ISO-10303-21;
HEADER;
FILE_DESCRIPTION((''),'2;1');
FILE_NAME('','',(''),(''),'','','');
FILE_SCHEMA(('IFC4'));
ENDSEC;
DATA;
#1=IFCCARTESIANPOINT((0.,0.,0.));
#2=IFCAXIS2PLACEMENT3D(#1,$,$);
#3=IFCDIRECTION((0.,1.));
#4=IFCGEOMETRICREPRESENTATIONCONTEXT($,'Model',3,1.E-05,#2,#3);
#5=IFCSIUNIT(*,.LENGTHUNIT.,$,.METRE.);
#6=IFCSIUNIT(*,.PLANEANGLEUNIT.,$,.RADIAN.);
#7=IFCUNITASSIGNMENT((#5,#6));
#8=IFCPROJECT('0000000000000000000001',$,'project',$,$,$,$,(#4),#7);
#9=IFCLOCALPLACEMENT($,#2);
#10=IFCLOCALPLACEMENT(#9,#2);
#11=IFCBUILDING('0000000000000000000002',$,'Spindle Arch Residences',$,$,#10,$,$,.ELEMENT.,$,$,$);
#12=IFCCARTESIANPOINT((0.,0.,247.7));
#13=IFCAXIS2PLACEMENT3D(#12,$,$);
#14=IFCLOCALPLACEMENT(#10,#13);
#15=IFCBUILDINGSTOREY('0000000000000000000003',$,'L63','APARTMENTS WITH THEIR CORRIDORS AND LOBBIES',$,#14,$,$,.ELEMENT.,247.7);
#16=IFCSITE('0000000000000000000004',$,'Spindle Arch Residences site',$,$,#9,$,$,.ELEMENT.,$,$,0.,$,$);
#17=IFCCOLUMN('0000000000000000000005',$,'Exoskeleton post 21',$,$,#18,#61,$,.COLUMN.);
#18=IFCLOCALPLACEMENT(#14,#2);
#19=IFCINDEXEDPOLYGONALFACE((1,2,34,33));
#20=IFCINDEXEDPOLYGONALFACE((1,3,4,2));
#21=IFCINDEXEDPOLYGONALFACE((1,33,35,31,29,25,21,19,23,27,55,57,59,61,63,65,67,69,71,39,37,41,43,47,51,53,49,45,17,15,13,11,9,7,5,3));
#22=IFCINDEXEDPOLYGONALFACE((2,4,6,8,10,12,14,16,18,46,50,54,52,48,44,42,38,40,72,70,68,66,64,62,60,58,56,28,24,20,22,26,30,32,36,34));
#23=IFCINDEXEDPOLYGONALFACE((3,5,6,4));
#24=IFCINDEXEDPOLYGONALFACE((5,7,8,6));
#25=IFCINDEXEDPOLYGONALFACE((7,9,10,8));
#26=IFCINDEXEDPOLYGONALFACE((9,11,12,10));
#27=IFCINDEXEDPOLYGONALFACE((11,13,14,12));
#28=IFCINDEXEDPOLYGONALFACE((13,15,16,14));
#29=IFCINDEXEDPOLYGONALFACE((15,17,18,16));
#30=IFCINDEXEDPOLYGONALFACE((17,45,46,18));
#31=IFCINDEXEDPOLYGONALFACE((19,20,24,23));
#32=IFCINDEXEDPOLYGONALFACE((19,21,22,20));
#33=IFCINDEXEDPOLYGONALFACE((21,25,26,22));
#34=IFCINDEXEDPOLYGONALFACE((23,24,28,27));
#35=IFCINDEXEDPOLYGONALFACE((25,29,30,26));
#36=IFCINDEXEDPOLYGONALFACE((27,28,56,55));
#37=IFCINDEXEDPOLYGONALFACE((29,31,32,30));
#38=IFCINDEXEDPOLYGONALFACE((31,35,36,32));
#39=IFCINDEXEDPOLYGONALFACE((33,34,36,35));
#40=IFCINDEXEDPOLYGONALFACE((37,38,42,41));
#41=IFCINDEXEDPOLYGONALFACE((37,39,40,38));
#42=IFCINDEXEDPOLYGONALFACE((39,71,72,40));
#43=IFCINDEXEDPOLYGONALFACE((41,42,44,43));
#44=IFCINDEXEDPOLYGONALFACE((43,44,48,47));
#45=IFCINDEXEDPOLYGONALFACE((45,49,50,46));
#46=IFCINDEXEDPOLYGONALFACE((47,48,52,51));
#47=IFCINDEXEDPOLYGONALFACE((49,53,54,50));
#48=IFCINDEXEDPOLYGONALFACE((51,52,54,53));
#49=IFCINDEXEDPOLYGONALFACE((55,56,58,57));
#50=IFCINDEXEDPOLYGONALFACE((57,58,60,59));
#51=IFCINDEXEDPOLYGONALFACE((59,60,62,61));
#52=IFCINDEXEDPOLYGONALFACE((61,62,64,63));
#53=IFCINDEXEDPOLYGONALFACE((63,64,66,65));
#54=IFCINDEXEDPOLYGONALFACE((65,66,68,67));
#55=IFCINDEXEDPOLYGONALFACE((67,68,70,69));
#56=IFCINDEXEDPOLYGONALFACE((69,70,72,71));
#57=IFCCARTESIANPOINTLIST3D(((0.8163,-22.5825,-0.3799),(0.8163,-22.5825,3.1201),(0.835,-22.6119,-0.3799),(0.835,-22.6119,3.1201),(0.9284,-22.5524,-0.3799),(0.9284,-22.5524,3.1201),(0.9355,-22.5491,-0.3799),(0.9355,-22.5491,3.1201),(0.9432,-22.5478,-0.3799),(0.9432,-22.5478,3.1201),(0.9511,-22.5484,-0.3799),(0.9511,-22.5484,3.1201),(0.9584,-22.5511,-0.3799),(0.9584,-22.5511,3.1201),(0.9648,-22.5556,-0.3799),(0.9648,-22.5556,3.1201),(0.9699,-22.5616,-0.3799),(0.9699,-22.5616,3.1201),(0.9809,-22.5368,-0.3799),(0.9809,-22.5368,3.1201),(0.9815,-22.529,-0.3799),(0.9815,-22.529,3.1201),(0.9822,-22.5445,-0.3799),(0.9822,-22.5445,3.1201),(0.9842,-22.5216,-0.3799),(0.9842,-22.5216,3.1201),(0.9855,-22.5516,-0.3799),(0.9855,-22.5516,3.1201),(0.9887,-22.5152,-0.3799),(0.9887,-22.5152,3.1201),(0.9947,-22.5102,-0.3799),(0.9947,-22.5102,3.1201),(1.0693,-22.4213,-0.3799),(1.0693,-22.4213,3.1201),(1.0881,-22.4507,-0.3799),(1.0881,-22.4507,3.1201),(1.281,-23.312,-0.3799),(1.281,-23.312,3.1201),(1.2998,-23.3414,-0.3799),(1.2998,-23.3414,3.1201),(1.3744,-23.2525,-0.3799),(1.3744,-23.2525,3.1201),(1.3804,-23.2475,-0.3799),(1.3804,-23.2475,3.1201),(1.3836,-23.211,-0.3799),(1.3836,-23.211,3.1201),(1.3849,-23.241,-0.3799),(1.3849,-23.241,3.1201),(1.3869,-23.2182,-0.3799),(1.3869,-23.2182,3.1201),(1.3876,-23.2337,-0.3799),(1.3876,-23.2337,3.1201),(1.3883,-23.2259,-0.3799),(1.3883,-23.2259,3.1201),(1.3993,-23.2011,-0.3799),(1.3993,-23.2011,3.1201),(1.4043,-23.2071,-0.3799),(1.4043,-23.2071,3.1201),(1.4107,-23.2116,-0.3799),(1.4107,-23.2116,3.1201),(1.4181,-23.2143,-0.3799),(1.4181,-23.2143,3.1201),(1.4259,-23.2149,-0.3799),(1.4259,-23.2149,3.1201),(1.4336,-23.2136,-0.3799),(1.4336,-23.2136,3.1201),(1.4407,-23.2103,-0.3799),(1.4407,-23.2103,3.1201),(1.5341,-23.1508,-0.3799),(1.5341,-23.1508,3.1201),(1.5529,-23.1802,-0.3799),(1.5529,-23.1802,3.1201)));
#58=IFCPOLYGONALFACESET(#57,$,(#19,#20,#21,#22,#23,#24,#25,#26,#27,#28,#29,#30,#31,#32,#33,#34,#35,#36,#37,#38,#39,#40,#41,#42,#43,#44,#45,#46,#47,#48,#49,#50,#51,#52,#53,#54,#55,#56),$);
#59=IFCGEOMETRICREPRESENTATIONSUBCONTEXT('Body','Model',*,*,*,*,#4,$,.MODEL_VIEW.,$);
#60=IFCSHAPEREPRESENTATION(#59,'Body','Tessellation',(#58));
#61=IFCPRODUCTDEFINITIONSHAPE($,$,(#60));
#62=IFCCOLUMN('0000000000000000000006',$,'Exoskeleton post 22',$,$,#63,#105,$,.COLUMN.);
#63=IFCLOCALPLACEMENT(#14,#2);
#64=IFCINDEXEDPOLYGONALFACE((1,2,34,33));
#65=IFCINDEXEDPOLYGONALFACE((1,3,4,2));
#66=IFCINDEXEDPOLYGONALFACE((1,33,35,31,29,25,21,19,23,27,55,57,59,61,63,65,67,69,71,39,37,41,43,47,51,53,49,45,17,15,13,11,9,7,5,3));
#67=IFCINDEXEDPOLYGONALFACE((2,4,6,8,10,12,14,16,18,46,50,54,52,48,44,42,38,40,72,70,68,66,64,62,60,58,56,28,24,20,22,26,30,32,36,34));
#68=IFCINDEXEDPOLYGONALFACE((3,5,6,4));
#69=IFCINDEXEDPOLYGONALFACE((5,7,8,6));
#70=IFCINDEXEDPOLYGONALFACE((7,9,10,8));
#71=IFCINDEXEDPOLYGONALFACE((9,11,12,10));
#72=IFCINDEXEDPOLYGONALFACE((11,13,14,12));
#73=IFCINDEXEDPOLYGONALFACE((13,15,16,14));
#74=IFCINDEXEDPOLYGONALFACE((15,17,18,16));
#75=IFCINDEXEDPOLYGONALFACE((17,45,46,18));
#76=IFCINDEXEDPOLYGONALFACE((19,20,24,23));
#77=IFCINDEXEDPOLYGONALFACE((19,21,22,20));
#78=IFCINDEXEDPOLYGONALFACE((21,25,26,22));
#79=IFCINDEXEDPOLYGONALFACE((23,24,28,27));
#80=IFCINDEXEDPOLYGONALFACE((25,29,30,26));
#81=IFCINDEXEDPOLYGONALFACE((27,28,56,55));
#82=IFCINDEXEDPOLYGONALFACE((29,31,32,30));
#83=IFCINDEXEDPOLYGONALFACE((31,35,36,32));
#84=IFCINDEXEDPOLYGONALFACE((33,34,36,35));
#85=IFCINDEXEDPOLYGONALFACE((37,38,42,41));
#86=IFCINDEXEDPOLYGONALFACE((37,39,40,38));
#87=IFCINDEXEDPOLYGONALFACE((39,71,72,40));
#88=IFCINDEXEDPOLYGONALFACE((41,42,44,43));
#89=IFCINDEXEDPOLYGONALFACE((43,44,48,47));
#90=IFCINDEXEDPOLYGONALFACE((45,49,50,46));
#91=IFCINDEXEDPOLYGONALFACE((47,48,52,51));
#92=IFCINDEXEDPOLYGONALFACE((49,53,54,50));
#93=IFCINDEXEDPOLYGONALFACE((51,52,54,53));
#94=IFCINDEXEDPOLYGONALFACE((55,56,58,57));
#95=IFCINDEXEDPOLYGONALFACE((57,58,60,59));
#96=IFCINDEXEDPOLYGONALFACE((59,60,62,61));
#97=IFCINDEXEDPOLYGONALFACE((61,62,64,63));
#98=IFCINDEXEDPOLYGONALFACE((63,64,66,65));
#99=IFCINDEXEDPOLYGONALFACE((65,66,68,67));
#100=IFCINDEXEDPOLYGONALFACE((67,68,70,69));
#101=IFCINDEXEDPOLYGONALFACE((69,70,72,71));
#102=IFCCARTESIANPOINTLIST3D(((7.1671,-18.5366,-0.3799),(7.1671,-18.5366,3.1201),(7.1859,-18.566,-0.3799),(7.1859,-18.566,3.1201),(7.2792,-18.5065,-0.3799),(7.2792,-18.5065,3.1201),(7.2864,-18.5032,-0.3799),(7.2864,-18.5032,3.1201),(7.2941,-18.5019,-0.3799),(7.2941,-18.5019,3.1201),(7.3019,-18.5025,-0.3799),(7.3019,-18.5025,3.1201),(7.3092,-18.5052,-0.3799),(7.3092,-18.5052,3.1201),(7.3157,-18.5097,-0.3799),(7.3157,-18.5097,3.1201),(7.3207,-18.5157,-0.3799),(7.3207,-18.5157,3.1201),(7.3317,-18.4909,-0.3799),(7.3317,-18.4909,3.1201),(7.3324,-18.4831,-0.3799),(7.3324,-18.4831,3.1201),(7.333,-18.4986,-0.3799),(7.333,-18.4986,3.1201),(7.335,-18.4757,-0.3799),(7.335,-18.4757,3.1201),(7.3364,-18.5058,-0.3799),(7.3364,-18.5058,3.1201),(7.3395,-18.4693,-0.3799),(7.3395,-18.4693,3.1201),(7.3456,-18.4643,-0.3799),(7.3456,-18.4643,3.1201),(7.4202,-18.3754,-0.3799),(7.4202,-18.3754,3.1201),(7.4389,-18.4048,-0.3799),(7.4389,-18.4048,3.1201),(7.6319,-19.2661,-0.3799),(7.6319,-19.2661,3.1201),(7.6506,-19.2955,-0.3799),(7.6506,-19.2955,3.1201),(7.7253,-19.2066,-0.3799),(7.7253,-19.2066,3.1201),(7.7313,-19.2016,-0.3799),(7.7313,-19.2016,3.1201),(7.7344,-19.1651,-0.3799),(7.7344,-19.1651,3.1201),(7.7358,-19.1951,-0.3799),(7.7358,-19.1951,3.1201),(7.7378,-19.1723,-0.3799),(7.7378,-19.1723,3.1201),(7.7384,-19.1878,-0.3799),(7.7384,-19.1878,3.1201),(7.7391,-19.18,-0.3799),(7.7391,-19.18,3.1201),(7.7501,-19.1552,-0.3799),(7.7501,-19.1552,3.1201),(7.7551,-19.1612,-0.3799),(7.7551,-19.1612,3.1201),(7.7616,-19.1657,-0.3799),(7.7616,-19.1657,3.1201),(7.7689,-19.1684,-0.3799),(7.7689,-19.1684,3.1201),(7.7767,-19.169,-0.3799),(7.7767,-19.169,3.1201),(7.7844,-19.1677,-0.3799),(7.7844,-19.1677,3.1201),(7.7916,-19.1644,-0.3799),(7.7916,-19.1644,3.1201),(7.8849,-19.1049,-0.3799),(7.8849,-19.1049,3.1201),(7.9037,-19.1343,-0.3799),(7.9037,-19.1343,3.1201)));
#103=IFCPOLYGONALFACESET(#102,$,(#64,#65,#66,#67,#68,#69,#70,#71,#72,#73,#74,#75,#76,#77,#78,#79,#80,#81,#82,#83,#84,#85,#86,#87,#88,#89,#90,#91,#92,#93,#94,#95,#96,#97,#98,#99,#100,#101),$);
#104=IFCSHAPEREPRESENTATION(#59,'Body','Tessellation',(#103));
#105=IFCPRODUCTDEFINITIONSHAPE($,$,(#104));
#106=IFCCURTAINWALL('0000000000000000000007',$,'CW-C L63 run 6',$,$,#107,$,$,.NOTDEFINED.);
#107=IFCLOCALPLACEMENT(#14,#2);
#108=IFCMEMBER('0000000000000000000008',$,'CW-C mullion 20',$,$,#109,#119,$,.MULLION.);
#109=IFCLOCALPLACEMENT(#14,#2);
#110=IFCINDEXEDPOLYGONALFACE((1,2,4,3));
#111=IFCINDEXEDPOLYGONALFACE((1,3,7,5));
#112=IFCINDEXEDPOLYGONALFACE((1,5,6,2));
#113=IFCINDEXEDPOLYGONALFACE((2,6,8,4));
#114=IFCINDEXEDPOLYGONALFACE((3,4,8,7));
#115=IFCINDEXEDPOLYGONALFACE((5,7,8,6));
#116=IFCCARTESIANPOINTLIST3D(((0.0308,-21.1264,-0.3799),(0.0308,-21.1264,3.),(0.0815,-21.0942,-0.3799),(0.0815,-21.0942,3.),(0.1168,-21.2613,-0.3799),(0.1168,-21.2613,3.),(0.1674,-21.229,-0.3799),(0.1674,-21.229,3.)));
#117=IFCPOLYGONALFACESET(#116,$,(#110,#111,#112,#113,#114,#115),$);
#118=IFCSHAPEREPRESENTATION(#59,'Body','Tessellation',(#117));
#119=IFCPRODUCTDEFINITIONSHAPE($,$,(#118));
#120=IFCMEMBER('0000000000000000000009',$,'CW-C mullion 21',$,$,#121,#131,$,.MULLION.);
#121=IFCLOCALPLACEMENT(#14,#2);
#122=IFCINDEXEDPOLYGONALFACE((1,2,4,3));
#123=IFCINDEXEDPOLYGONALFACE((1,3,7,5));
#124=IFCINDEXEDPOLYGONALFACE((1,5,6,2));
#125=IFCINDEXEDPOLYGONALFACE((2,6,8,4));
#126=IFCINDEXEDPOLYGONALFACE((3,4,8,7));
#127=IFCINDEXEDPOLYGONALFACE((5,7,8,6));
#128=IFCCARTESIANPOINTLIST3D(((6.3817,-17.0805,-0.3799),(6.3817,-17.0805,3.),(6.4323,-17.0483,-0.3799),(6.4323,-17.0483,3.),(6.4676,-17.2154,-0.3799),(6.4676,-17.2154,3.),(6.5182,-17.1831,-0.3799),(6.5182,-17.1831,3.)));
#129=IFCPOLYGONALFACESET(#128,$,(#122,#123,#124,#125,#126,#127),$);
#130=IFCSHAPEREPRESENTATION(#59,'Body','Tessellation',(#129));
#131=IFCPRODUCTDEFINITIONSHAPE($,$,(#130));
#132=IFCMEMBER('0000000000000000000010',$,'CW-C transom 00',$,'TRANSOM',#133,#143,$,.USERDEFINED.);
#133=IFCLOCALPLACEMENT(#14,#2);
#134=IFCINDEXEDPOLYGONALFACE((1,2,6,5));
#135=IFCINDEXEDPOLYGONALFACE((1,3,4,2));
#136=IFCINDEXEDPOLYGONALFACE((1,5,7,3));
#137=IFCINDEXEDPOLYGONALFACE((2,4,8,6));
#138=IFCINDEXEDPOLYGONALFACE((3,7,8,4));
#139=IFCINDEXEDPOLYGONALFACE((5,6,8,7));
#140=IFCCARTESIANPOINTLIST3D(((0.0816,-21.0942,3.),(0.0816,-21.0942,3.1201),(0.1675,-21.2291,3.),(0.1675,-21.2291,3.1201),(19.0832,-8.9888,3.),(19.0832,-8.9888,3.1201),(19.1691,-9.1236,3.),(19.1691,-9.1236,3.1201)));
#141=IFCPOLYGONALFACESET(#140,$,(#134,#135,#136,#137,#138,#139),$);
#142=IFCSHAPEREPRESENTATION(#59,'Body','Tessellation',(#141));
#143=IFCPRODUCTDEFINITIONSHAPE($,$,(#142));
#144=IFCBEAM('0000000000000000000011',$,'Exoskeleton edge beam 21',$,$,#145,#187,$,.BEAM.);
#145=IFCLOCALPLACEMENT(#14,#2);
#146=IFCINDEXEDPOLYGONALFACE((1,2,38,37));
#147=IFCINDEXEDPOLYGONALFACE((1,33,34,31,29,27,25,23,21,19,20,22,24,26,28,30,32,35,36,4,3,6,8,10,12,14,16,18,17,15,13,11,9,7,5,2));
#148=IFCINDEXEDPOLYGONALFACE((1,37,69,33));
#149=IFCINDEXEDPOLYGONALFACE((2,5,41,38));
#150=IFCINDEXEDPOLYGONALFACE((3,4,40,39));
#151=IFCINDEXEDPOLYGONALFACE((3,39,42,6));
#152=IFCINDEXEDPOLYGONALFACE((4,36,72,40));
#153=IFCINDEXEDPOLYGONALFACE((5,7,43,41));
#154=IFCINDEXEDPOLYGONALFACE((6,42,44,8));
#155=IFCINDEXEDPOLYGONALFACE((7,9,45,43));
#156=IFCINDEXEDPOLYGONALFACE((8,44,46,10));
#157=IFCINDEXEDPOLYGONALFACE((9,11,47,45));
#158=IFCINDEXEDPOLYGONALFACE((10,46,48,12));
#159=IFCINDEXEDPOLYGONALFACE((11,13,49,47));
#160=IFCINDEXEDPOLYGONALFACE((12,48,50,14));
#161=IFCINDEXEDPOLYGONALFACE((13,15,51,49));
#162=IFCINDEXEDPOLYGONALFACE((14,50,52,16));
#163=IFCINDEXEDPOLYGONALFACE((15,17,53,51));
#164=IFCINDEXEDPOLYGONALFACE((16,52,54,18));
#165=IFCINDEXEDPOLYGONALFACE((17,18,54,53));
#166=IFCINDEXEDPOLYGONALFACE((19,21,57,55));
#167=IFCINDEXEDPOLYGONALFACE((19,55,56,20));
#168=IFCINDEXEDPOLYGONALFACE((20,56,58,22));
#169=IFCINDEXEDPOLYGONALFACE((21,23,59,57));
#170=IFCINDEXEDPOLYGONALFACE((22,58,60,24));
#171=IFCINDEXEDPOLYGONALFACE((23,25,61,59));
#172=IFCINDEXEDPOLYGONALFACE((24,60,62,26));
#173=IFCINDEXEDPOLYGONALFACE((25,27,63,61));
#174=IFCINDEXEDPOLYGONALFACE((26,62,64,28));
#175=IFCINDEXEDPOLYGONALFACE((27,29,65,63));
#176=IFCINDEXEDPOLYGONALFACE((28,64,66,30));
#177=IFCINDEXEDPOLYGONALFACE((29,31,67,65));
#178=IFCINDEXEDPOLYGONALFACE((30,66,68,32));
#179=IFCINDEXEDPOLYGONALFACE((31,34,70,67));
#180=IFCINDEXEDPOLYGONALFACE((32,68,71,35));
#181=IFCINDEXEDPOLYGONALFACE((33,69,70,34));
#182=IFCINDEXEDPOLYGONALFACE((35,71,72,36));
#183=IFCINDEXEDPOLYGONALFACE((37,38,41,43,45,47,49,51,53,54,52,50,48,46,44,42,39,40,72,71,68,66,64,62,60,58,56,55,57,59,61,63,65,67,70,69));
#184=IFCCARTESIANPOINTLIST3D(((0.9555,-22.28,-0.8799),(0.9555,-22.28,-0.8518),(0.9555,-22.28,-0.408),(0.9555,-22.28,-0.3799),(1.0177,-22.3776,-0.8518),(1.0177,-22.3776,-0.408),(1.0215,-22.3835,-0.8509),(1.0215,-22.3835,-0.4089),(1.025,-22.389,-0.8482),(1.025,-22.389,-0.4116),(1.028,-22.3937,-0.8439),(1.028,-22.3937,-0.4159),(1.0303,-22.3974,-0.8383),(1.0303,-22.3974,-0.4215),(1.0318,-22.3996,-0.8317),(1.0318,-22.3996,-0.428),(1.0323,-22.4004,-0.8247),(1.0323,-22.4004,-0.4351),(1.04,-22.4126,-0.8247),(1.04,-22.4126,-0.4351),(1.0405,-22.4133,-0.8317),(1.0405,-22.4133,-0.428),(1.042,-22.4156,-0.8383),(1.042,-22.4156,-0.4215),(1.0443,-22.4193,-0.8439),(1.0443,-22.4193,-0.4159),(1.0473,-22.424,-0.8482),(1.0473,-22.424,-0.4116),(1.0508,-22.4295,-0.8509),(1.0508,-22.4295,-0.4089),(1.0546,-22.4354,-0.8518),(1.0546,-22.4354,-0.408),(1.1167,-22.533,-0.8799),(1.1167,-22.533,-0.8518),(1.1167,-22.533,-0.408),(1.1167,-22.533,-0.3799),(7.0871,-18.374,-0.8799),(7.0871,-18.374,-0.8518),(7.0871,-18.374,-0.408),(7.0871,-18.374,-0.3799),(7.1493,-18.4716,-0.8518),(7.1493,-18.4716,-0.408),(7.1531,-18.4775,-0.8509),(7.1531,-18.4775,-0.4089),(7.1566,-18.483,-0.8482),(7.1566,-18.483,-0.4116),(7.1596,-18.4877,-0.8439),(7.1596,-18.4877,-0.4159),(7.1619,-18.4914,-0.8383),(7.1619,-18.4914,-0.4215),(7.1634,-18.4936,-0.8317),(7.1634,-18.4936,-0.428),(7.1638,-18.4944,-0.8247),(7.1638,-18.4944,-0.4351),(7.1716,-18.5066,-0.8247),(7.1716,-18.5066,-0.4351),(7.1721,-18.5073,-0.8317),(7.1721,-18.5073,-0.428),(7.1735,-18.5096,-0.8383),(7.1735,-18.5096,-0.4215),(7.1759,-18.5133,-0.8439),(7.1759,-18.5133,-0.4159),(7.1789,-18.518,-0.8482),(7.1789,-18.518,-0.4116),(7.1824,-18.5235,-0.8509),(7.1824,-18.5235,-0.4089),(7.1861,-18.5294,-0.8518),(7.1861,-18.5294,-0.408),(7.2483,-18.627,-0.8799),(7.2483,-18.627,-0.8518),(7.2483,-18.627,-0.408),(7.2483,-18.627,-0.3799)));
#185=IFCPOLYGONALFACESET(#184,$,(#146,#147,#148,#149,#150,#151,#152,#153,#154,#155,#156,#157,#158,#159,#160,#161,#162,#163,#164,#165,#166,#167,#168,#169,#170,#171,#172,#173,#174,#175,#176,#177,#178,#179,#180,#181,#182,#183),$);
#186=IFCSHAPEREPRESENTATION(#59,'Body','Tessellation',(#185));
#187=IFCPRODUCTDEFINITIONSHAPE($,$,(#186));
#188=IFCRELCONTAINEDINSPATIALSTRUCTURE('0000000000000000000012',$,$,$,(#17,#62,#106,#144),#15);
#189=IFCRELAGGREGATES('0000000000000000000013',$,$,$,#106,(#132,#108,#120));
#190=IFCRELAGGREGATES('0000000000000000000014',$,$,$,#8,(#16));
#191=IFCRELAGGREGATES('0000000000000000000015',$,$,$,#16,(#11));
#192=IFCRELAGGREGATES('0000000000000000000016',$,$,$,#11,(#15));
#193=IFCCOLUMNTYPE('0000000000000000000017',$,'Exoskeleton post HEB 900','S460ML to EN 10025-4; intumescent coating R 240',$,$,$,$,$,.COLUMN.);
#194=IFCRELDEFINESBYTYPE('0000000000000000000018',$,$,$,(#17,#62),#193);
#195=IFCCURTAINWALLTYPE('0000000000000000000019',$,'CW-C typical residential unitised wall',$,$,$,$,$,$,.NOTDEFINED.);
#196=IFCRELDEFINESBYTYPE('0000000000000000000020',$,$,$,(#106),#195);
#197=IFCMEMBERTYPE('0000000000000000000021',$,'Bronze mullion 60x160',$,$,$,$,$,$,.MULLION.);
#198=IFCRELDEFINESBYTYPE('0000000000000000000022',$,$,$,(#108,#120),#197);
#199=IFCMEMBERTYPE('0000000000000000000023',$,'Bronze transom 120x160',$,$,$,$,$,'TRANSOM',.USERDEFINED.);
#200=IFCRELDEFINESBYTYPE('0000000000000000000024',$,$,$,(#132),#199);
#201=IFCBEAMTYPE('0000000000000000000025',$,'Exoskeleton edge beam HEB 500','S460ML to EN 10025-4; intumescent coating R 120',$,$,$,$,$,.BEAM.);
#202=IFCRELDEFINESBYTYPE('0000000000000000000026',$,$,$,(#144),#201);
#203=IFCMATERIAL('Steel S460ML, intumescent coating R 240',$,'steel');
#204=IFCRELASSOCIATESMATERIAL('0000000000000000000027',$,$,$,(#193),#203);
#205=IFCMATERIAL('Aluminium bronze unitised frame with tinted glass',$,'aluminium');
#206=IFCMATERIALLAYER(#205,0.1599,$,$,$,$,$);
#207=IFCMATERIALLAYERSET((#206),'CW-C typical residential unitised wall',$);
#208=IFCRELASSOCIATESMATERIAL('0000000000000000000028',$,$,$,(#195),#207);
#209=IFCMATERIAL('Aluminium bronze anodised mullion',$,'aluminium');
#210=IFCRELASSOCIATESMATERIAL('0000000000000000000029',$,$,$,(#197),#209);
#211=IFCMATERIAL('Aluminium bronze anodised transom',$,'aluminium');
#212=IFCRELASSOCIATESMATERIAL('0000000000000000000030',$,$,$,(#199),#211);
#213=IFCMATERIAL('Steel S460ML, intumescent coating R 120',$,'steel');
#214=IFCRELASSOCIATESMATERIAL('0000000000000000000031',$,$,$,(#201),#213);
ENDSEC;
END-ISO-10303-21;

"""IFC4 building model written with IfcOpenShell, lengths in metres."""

from ifc_helpers import new_model, si_unit, direction, frame, origin, origin_2d, place, context, subcontext, project, spatial, rectangle, i_section, extrude, material, layer, layer_set, material_profile, profile_set, type_object, element, aggregate, save


model = new_model("IFC4")

# Units and contexts
model_context = context("Model", 3, precision=1e-05, world=origin(), true_north=direction((0.0, 1.0)))
body_context = subcontext(model_context, "Body", "Model", "MODEL_VIEW")
ifc_project = project(units=[si_unit("LENGTHUNIT", "METRE"), si_unit("PLANEANGLEUNIT", "RADIAN")], contexts=[model_context])

# Site, building, storey
site_placement = place(None, origin())
site = spatial("IfcSite", under=ifc_project, at=site_placement, Name="Spindle Arch Residences site", CompositionType="ELEMENT", RefElevation=0.0)
building_placement = place(site_placement, origin())
building = spatial("IfcBuilding", under=site, at=building_placement, Name="Spindle Arch Residences", CompositionType="ELEMENT")
storey_placement = place(building_placement, frame((0.0, 0.0, 247.7)))
storey = spatial("IfcBuildingStorey", under=building, at=storey_placement, Name="L63", Description="APARTMENTS WITH THEIR CORRIDORS AND LOBBIES", CompositionType="ELEMENT", Elevation=247.7)

# Columns
ifc_material_1 = material(Name="Steel S460ML, intumescent coating R 240", Category="steel")
ifc_material_profile_1 = material_profile(ifc_material_1, i_section(OverallWidth=0.3, OverallDepth=0.8999, WebThickness=0.0186, FlangeThickness=0.0349, FilletRadius=0.03, at=origin_2d()), Name="HEB 900")
ifc_profile_set_1 = profile_set([ifc_material_profile_1], Name="Steel S460ML, intumescent coating R 240")
column_type = type_object("IfcColumnType", Name="Exoskeleton post HEB 900", Description="S460ML to EN 10025-4; intumescent coating R 240", PredefinedType="COLUMN", material=ifc_profile_set_1)
for number, where, z_axis, x_axis, name in (
    (1, (1.1846, -22.8813, -0.3799), (0.0, 0.0, 1.0), (-0.843391, -0.5373, 0.0), "Exoskeleton post 21"),
    (2, (7.5354, -18.8354, -0.3799), (0.0, 0.0, 1.0), (-0.843391, -0.5373, 0.0), "Exoskeleton post 22"),
):
    element("IfcColumn", number, at=place(storey_placement, frame(where, z_axis=z_axis, x_axis=x_axis)), inside=storey, type_object=column_type, Name=name, PredefinedType="COLUMN", context=body_context, shape_type="SweptSolid", body=[
        extrude(i_section(OverallWidth=0.3, OverallDepth=0.8999, WebThickness=0.0186, FlangeThickness=0.0349, FilletRadius=0.03, at=origin_2d()), origin(), (0.0, 0.0, 1.0), 3.5),
    ])

# Curtain wall, members
ifc_material_2 = material(Name="Aluminium bronze unitised frame with tinted glass", Category="aluminium")
ifc_layer_1 = layer(ifc_material_2, 0.1599)
ifc_layer_set_1 = layer_set([ifc_layer_1], Name="CW-C typical residential unitised wall")
curtain_wall_type = type_object("IfcCurtainWallType", Name="CW-C typical residential unitised wall", PredefinedType="NOTDEFINED", material=ifc_layer_set_1)
curtain_wall_placement = place(storey_placement, origin())
curtain_wall = element("IfcCurtainWall", 3, at=curtain_wall_placement, inside=storey, type_object=curtain_wall_type, Name="CW-C L63 run 6", PredefinedType="NOTDEFINED")
ifc_material_3 = material(Name="Aluminium bronze anodised mullion", Category="aluminium")
ifc_material_profile_2 = material_profile(ifc_material_3, rectangle(XDim=0.1599, YDim=0.0601, at=origin_2d()), Name="MU 60x160")
ifc_profile_set_2 = profile_set([ifc_material_profile_2], Name="Aluminium bronze anodised mullion")
member_type_1 = type_object("IfcMemberType", Name="Bronze mullion 60x160", PredefinedType="MULLION", material=ifc_profile_set_2)
member_1_placement = place(storey_placement, frame((0.0991, -21.1777, -0.3799), z_axis=(0.0, 0.0, 1.0), x_axis=(-0.5373, 0.843391, 0.0)))
member_1 = element("IfcMember", 4, at=member_1_placement, type_object=member_type_1, Name="CW-C mullion 20", PredefinedType="MULLION", context=body_context, shape_type="SweptSolid", body=[
    extrude(rectangle(XDim=0.1599, YDim=0.0601, at=origin_2d()), origin(), (0.0, 0.0, 1.0), 3.3799),
])
member_2_placement = place(storey_placement, frame((6.45, -17.1318, -0.3799), z_axis=(0.0, 0.0, 1.0), x_axis=(-0.5373, 0.843391, 0.0)))
member_2 = element("IfcMember", 5, at=member_2_placement, type_object=member_type_1, Name="CW-C mullion 21", PredefinedType="MULLION", context=body_context, shape_type="SweptSolid", body=[
    extrude(rectangle(XDim=0.1599, YDim=0.0601, at=origin_2d()), origin(), (0.0, 0.0, 1.0), 3.3799),
])
ifc_material_4 = material(Name="Aluminium bronze anodised transom", Category="aluminium")
ifc_material_profile_3 = material_profile(ifc_material_4, rectangle(XDim=0.1599, YDim=0.1201, at=origin_2d()), Name="TR 120x160")
ifc_profile_set_3 = profile_set([ifc_material_profile_3], Name="Aluminium bronze anodised transom")
member_type_2 = type_object("IfcMemberType", Name="Bronze transom 120x160", ElementType="TRANSOM", PredefinedType="USERDEFINED", material=ifc_profile_set_3)
member_3_placement = place(storey_placement, frame((0.1245, -21.1616, 3.0601), z_axis=(0.843391, 0.537301, 0.0), x_axis=(-0.537301, 0.843391, 0.0)))
member_3 = element("IfcMember", 6, at=member_3_placement, type_object=member_type_2, Name="CW-C transom 00", ObjectType="TRANSOM", PredefinedType="USERDEFINED", context=body_context, shape_type="SweptSolid", body=[
    extrude(rectangle(XDim=0.1599, YDim=0.1201, at=origin_2d()), origin(), (0.0, 0.0, 1.0), 22.53),
])

# Beam
ifc_material_5 = material(Name="Steel S460ML, intumescent coating R 120", Category="steel")
ifc_material_profile_4 = material_profile(ifc_material_5, i_section(OverallWidth=0.3, OverallDepth=0.5, WebThickness=0.0144, FlangeThickness=0.0281, FilletRadius=0.0271, at=origin_2d()), Name="HEB 500")
ifc_profile_set_4 = profile_set([ifc_material_profile_4], Name="Steel S460ML, intumescent coating R 120")
beam_type_1 = type_object("IfcBeamType", Name="Exoskeleton edge beam HEB 500", Description="S460ML to EN 10025-4; intumescent coating R 120", PredefinedType="BEAM", material=ifc_profile_set_4)
for number, where, z_axis, x_axis, name in (
    (7, (1.0361, -22.4065, -0.6299), (0.843407, 0.537275, 0.0), (-0.537275, 0.843407, 0.0), "Exoskeleton edge beam 21"),
):
    element("IfcBeam", number, at=place(storey_placement, frame(where, z_axis=z_axis, x_axis=x_axis)), inside=storey, type_object=beam_type_1, Name=name, PredefinedType="BEAM", context=body_context, shape_type="SweptSolid", body=[
        extrude(i_section(OverallWidth=0.3, OverallDepth=0.5, WebThickness=0.0144, FlangeThickness=0.0281, FilletRadius=0.0271, at=origin_2d()), origin(), (0.0, 0.0, 1.0), 7.27),
    ])

aggregate(curtain_wall, [member_3, member_1, member_2])

save(model, "model.ifc")
